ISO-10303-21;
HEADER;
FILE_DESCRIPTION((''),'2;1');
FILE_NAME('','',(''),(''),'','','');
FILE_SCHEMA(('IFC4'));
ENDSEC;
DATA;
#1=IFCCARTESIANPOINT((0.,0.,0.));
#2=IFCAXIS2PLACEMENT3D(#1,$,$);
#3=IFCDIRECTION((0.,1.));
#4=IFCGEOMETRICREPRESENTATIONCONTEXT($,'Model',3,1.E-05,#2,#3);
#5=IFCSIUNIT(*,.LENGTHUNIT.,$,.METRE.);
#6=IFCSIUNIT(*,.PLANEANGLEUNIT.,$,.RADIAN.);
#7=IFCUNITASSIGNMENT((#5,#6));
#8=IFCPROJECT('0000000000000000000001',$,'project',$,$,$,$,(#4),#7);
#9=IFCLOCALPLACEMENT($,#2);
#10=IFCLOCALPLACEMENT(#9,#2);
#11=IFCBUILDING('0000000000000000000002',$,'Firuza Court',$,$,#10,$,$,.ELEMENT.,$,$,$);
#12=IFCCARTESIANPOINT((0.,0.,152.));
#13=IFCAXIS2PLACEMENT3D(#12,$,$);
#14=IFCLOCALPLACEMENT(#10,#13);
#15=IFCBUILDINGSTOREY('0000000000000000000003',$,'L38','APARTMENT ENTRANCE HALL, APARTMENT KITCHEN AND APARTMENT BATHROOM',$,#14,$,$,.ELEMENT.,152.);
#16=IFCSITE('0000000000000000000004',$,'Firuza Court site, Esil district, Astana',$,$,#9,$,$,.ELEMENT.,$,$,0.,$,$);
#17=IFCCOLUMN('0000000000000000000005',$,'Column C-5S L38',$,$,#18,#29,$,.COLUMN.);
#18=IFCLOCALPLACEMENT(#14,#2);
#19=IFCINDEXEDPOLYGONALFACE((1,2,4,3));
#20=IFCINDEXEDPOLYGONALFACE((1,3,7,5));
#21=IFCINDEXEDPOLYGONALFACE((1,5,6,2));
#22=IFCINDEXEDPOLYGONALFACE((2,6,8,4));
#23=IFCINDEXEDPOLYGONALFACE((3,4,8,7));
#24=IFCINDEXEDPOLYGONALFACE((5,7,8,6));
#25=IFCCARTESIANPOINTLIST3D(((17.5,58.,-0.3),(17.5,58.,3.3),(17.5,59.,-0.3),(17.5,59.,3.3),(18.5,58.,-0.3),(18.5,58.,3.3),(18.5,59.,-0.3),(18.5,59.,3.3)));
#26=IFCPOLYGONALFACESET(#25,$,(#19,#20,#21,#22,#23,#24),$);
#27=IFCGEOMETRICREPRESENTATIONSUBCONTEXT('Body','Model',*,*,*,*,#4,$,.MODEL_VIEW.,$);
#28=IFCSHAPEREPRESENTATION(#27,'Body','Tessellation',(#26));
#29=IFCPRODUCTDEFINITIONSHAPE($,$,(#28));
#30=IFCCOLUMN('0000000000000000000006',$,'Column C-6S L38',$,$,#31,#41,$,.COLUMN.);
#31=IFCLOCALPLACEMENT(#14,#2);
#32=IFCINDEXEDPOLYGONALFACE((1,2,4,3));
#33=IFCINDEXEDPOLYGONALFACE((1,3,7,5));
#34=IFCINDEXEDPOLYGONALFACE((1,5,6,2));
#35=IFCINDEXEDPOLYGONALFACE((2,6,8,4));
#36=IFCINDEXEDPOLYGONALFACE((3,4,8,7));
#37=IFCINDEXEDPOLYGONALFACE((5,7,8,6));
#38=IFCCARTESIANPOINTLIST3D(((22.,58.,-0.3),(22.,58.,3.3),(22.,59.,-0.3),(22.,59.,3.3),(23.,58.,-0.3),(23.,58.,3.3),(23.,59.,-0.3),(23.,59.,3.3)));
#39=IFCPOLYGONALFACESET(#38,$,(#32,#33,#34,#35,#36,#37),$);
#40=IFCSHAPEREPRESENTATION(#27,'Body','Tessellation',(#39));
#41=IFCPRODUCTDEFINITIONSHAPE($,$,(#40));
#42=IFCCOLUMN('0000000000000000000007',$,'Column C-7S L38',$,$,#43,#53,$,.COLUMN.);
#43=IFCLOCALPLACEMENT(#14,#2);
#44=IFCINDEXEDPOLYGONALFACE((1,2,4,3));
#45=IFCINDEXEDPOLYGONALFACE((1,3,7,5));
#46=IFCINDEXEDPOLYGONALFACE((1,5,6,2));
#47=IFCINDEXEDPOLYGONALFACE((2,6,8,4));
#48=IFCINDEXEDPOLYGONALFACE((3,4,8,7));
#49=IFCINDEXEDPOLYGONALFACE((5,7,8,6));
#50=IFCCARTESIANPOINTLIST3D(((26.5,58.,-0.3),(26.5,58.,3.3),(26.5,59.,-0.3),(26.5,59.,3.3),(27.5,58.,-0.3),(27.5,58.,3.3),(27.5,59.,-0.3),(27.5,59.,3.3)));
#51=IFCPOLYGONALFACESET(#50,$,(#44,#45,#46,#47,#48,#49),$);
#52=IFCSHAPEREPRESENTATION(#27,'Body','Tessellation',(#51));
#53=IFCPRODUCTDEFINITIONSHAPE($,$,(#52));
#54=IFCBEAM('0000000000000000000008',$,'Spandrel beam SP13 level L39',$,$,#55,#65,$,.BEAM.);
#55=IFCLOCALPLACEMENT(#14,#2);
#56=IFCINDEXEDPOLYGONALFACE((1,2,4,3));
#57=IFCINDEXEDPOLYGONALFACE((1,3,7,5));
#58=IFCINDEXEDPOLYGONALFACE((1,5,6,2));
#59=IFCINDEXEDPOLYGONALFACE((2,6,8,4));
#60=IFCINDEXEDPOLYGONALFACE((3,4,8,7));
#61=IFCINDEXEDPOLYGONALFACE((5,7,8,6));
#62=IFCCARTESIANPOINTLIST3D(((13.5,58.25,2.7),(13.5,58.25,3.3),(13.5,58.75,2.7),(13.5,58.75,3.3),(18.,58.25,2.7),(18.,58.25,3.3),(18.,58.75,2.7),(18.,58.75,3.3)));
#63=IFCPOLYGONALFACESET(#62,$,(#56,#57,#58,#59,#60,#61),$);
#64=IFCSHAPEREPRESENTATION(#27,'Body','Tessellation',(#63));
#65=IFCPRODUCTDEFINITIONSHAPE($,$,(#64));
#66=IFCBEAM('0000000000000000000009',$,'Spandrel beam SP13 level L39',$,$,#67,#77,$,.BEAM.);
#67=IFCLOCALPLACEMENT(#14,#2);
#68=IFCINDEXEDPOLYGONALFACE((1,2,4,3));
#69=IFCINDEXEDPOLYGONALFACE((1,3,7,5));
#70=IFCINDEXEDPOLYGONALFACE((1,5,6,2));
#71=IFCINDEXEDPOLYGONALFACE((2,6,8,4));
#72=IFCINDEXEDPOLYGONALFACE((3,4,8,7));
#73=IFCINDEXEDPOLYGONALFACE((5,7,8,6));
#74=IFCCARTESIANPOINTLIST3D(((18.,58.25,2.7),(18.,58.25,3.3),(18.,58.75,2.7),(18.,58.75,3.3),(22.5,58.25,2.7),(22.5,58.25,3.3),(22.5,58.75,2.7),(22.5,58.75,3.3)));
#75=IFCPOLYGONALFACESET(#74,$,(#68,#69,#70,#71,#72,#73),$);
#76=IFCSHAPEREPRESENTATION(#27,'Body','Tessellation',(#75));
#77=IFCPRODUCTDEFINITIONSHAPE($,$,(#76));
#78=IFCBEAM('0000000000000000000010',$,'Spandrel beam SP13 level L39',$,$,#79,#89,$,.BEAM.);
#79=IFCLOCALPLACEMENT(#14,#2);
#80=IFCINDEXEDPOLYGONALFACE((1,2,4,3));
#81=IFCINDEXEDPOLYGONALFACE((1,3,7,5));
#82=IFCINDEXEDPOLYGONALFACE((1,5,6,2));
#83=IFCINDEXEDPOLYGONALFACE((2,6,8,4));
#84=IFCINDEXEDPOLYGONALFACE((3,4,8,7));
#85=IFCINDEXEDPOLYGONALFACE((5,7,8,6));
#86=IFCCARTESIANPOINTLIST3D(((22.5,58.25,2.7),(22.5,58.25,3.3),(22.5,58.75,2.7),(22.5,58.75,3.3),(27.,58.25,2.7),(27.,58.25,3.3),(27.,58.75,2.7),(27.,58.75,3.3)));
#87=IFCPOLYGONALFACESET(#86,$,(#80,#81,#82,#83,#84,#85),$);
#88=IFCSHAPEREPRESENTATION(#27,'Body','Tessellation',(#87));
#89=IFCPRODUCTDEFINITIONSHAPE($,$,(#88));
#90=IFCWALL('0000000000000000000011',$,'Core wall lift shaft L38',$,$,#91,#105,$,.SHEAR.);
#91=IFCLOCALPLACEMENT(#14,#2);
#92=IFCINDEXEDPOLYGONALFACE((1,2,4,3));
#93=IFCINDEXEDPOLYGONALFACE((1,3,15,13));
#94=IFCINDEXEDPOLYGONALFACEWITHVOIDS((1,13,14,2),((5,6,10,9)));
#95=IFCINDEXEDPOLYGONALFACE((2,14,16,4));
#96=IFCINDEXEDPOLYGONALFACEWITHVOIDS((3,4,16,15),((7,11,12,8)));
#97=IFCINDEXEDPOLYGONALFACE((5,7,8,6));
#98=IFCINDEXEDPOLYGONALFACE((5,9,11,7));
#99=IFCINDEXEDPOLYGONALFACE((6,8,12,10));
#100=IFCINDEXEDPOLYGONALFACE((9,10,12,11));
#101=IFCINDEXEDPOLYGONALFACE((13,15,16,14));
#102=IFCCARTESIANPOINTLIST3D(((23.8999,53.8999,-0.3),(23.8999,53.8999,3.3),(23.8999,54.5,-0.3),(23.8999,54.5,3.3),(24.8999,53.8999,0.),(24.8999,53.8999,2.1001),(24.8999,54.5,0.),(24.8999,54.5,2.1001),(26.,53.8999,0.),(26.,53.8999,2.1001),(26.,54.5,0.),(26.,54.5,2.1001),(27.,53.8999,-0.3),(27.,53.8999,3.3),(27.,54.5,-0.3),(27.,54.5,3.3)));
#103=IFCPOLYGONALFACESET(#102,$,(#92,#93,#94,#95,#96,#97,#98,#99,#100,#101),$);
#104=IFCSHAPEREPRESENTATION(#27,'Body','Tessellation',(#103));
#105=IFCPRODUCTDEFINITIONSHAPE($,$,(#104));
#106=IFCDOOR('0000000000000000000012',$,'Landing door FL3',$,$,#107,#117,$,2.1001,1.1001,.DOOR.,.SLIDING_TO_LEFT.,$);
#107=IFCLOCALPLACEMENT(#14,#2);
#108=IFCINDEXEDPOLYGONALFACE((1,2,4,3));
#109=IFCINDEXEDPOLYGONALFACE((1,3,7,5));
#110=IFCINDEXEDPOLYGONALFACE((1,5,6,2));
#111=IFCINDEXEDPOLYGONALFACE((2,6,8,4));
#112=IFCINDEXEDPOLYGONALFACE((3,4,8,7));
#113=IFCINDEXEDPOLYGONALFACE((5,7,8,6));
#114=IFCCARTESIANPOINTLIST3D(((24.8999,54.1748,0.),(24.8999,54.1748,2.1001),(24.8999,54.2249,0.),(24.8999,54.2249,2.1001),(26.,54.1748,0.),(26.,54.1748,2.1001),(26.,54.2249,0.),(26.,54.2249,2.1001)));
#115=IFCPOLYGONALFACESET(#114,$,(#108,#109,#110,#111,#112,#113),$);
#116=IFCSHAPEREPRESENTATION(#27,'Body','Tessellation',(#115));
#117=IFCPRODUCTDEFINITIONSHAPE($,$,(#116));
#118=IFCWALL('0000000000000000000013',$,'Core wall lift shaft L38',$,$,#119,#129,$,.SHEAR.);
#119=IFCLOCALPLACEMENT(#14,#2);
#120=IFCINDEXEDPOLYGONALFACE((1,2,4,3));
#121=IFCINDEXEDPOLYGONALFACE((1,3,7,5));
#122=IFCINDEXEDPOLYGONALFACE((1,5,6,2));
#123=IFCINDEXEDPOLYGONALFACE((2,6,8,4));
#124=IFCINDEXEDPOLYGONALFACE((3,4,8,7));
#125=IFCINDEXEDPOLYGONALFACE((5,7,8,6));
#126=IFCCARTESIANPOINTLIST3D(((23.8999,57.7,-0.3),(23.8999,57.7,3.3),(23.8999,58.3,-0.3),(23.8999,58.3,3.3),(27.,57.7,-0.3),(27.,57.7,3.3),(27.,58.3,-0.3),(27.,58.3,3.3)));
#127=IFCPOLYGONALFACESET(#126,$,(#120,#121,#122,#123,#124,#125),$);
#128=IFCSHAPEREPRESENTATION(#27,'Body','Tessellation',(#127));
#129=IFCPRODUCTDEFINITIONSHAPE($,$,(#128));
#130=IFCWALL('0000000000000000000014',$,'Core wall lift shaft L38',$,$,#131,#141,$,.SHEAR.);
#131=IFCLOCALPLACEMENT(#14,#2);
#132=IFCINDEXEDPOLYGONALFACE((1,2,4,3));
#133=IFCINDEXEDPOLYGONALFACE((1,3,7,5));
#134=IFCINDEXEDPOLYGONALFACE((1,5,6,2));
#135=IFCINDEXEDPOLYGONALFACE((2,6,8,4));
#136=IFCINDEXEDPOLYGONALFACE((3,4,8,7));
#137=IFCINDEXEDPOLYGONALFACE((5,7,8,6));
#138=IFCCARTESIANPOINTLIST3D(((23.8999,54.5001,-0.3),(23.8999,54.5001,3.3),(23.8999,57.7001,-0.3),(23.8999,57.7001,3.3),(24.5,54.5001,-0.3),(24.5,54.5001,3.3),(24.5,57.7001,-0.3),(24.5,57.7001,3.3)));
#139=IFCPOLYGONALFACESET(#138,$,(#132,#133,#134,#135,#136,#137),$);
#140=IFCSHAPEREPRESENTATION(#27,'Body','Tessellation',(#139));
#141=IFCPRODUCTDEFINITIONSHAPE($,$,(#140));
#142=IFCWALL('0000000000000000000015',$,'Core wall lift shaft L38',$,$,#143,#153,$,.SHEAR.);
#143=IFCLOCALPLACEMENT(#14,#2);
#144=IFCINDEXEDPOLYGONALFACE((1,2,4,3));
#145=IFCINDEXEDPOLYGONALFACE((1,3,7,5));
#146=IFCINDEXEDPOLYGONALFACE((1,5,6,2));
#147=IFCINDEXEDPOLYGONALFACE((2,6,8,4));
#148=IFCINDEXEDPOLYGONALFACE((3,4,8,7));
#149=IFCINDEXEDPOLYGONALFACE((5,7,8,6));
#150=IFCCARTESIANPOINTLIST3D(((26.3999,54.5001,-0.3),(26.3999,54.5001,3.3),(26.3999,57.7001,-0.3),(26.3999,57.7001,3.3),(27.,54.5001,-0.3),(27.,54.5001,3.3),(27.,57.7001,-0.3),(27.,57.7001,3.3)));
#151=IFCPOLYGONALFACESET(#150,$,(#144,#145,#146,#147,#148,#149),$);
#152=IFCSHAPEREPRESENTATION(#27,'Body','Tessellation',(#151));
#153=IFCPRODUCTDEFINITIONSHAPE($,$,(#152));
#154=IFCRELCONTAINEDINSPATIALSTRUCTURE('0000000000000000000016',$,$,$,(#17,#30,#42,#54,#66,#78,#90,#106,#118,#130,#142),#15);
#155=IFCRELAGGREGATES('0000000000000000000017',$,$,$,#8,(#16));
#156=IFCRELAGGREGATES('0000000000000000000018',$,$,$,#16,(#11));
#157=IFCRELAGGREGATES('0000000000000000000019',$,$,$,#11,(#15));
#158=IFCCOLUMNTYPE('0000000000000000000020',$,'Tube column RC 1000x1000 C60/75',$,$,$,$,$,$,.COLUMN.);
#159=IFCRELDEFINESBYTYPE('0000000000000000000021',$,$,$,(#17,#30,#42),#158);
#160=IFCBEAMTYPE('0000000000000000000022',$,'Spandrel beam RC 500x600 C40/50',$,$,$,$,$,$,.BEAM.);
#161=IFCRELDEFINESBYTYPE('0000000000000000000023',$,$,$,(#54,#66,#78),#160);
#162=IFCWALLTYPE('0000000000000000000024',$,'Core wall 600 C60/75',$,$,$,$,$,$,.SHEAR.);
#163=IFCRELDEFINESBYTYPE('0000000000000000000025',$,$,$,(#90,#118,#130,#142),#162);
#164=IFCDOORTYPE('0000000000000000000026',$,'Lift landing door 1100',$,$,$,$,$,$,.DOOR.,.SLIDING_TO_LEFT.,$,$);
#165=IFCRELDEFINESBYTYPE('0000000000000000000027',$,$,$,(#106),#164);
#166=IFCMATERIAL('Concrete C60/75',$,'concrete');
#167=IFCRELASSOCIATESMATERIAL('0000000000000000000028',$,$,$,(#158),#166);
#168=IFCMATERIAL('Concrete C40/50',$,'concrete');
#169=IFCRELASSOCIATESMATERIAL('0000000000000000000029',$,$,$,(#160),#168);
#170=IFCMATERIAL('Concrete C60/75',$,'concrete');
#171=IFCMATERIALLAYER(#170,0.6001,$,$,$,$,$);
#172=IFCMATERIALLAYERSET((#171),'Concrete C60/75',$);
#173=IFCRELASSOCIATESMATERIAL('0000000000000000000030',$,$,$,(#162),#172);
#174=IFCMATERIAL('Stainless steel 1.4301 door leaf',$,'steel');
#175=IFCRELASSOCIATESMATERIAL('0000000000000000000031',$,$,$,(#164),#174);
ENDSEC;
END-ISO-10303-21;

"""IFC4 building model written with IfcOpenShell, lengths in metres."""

from ifc_helpers import new_model, si_unit, direction, frame, frame_2d, origin, origin_2d, place, context, subcontext, project, spatial, rectangle, extrude, material, layer, layer_set, material_profile, profile_set, type_object, element, fill, save


model = new_model("IFC4")

# Units and contexts
model_context = context("Model", 3, precision=1e-05, world=origin(), true_north=direction((0.0, 1.0)))
body_context = subcontext(model_context, "Body", "Model", "MODEL_VIEW")
ifc_project = project(units=[si_unit("LENGTHUNIT", "METRE"), si_unit("PLANEANGLEUNIT", "RADIAN")], contexts=[model_context])

# Site, building, storey
site_placement = place(None, origin())
site = spatial("IfcSite", under=ifc_project, at=site_placement, Name="Firuza Court site, Esil district, Astana", CompositionType="ELEMENT", RefElevation=0.0)
building_placement = place(site_placement, origin())
building = spatial("IfcBuilding", under=site, at=building_placement, Name="Firuza Court", CompositionType="ELEMENT")
storey_placement = place(building_placement, frame((0.0, 0.0, 152.0)))
storey = spatial("IfcBuildingStorey", under=building, at=storey_placement, Name="L38", Description="APARTMENT ENTRANCE HALL, APARTMENT KITCHEN AND APARTMENT BATHROOM", CompositionType="ELEMENT", Elevation=152.0)

# Columns
ifc_material_1 = material(Name="Concrete C60/75", Category="concrete")
ifc_material_profile_1 = material_profile(ifc_material_1, rectangle(XDim=1.0, YDim=1.0, at=origin_2d()), Name="RC 1000x1000")
ifc_profile_set_1 = profile_set([ifc_material_profile_1], Name="Concrete C60/75")
column_type = type_object("IfcColumnType", Name="Tube column RC 1000x1000 C60/75", PredefinedType="COLUMN", material=ifc_profile_set_1)
for number, where, z_axis, x_axis, name in (
    (1, (18.0, 58.5, -0.3), (0.0, 0.0, 1.0), (1.0, 0.0, 0.0), "Column C-5S L38"),
    (2, (22.5, 58.5, -0.3), (0.0, 0.0, 1.0), (1.0, 0.0, 0.0), "Column C-6S L38"),
    (3, (27.0, 58.5, -0.3), (0.0, 0.0, 1.0), (1.0, 0.0, 0.0), "Column C-7S L38"),
):
    element("IfcColumn", number, at=place(storey_placement, frame(where, z_axis=z_axis, x_axis=x_axis)), inside=storey, type_object=column_type, Name=name, PredefinedType="COLUMN", context=body_context, shape_type="SweptSolid", body=[
        extrude(rectangle(XDim=1.0, YDim=1.0, at=origin_2d()), origin(), (0.0, 0.0, 1.0), 3.6001),
    ])

# Beams
ifc_material_2 = material(Name="Concrete C40/50", Category="concrete")
ifc_material_profile_2 = material_profile(ifc_material_2, rectangle(XDim=0.5, YDim=0.6001, at=origin_2d()), Name="RC 500x600")
ifc_profile_set_2 = profile_set([ifc_material_profile_2], Name="Concrete C40/50")
beam_type = type_object("IfcBeamType", Name="Spandrel beam RC 500x600 C40/50", PredefinedType="BEAM", material=ifc_profile_set_2)
for number, where, z_axis, x_axis, name in (
    (4, (18.0, 58.5, 3.0), (-1.0, 0.0, 0.0), (0.0, -1.0, 0.0), "Spandrel beam SP13 level L39"),
    (5, (22.5, 58.5, 3.0), (-1.0, 0.0, 0.0), (0.0, -1.0, 0.0), "Spandrel beam SP13 level L39"),
    (6, (27.0, 58.5, 3.0), (-1.0, 0.0, 0.0), (0.0, -1.0, 0.0), "Spandrel beam SP13 level L39"),
):
    element("IfcBeam", number, at=place(storey_placement, frame(where, z_axis=z_axis, x_axis=x_axis)), inside=storey, type_object=beam_type, Name=name, PredefinedType="BEAM", context=body_context, shape_type="SweptSolid", body=[
        extrude(rectangle(XDim=0.5, YDim=0.6001, at=origin_2d()), origin(), (0.0, 0.0, 1.0), 4.5),
    ])

# Wall, opening, door
ifc_material_3 = material(Name="Concrete C60/75", Category="concrete")
ifc_layer_1 = layer(ifc_material_3, 0.6001)
ifc_layer_set_1 = layer_set([ifc_layer_1], Name="Concrete C60/75")
wall_type_1 = type_object("IfcWallType", Name="Core wall 600 C60/75", PredefinedType="SHEAR", material=ifc_layer_set_1)
wall_1_placement = place(storey_placement, frame((23.8999, 54.2, -0.3), z_axis=(0.0, 0.0, 1.0), x_axis=(1.0, 0.0, 0.0)))
wall_1 = element("IfcWall", 7, at=wall_1_placement, inside=storey, type_object=wall_type_1, Name="Core wall lift shaft L38", PredefinedType="SHEAR", context=body_context, shape_type="SweptSolid", body=[
    extrude(rectangle(XDim=3.1001, YDim=0.6001, at=frame_2d((1.55, 0.0))), origin(), (0.0, 0.0, 1.0), 3.6001),
])
opening_1_placement = place(wall_1_placement, frame((1.0, 0.0, 0.3)))
opening_1 = element("IfcOpeningElement", 8, at=opening_1_placement, cuts=wall_1, PredefinedType="OPENING", context=body_context, shape_type="SweptSolid", body=[
    extrude(rectangle(XDim=1.1001, YDim=2.1001, at=frame_2d((0.55, 1.05))), frame((0.0, 0.312, 0.0), z_axis=(0.0, -1.0, 0.0), x_axis=(1.0, 0.0, 0.0)), (0.0, 0.0, 1.0), 0.624),
])
ifc_material_4 = material(Name="Stainless steel 1.4301 door leaf", Category="steel")
door_type_1 = type_object("IfcDoorType", Name="Lift landing door 1100", OperationType="SLIDING_TO_LEFT", PredefinedType="DOOR", material=ifc_material_4)
door_1_placement = place(opening_1_placement, origin())
door_1 = element("IfcDoor", 9, at=door_1_placement, inside=storey, type_object=door_type_1, Name="Landing door FL3", OperationType="SLIDING_TO_LEFT", OverallHeight=2.1001, OverallWidth=1.1001, PredefinedType="DOOR", context=body_context, shape_type="SweptSolid", body=[
    extrude(rectangle(XDim=1.1001, YDim=2.1001, at=frame_2d((0.55, 1.05))), frame((0.0, 0.0249, 0.0), z_axis=(0.0, -1.0, 0.0), x_axis=(1.0, 0.0, 0.0)), (0.0, 0.0, 1.0), 0.05),
])
fill(opening_1, door_1)

# Walls
wall_2_placement = place(storey_placement, frame((23.8999, 58.0, -0.3), z_axis=(0.0, 0.0, 1.0), x_axis=(1.0, 0.0, 0.0)))
element("IfcWall", 10, at=wall_2_placement, inside=storey, type_object=wall_type_1, Name="Core wall lift shaft L38", PredefinedType="SHEAR", context=body_context, shape_type="SweptSolid", body=[
    extrude(rectangle(XDim=3.1001, YDim=0.6001, at=frame_2d((1.55, 0.0))), origin(), (0.0, 0.0, 1.0), 3.6001),
])
for number, where, z_axis, x_axis, name in (
    (11, (24.2, 54.5, -0.3), (0.0, 0.0, 1.0), (0.0, 1.0, 0.0), "Core wall lift shaft L38"),
    (12, (26.7, 54.5, -0.3), (0.0, 0.0, 1.0), (0.0, 1.0, 0.0), "Core wall lift shaft L38"),
):
    element("IfcWall", number, at=place(storey_placement, frame(where, z_axis=z_axis, x_axis=x_axis)), inside=storey, type_object=wall_type_1, Name=name, PredefinedType="SHEAR", context=body_context, shape_type="SweptSolid", body=[
        extrude(rectangle(XDim=3.2, YDim=0.6001, at=frame_2d((1.6001, 0.0))), origin(), (0.0, 0.0, 1.0), 3.6001),
    ])

save(model, "model.ifc")
